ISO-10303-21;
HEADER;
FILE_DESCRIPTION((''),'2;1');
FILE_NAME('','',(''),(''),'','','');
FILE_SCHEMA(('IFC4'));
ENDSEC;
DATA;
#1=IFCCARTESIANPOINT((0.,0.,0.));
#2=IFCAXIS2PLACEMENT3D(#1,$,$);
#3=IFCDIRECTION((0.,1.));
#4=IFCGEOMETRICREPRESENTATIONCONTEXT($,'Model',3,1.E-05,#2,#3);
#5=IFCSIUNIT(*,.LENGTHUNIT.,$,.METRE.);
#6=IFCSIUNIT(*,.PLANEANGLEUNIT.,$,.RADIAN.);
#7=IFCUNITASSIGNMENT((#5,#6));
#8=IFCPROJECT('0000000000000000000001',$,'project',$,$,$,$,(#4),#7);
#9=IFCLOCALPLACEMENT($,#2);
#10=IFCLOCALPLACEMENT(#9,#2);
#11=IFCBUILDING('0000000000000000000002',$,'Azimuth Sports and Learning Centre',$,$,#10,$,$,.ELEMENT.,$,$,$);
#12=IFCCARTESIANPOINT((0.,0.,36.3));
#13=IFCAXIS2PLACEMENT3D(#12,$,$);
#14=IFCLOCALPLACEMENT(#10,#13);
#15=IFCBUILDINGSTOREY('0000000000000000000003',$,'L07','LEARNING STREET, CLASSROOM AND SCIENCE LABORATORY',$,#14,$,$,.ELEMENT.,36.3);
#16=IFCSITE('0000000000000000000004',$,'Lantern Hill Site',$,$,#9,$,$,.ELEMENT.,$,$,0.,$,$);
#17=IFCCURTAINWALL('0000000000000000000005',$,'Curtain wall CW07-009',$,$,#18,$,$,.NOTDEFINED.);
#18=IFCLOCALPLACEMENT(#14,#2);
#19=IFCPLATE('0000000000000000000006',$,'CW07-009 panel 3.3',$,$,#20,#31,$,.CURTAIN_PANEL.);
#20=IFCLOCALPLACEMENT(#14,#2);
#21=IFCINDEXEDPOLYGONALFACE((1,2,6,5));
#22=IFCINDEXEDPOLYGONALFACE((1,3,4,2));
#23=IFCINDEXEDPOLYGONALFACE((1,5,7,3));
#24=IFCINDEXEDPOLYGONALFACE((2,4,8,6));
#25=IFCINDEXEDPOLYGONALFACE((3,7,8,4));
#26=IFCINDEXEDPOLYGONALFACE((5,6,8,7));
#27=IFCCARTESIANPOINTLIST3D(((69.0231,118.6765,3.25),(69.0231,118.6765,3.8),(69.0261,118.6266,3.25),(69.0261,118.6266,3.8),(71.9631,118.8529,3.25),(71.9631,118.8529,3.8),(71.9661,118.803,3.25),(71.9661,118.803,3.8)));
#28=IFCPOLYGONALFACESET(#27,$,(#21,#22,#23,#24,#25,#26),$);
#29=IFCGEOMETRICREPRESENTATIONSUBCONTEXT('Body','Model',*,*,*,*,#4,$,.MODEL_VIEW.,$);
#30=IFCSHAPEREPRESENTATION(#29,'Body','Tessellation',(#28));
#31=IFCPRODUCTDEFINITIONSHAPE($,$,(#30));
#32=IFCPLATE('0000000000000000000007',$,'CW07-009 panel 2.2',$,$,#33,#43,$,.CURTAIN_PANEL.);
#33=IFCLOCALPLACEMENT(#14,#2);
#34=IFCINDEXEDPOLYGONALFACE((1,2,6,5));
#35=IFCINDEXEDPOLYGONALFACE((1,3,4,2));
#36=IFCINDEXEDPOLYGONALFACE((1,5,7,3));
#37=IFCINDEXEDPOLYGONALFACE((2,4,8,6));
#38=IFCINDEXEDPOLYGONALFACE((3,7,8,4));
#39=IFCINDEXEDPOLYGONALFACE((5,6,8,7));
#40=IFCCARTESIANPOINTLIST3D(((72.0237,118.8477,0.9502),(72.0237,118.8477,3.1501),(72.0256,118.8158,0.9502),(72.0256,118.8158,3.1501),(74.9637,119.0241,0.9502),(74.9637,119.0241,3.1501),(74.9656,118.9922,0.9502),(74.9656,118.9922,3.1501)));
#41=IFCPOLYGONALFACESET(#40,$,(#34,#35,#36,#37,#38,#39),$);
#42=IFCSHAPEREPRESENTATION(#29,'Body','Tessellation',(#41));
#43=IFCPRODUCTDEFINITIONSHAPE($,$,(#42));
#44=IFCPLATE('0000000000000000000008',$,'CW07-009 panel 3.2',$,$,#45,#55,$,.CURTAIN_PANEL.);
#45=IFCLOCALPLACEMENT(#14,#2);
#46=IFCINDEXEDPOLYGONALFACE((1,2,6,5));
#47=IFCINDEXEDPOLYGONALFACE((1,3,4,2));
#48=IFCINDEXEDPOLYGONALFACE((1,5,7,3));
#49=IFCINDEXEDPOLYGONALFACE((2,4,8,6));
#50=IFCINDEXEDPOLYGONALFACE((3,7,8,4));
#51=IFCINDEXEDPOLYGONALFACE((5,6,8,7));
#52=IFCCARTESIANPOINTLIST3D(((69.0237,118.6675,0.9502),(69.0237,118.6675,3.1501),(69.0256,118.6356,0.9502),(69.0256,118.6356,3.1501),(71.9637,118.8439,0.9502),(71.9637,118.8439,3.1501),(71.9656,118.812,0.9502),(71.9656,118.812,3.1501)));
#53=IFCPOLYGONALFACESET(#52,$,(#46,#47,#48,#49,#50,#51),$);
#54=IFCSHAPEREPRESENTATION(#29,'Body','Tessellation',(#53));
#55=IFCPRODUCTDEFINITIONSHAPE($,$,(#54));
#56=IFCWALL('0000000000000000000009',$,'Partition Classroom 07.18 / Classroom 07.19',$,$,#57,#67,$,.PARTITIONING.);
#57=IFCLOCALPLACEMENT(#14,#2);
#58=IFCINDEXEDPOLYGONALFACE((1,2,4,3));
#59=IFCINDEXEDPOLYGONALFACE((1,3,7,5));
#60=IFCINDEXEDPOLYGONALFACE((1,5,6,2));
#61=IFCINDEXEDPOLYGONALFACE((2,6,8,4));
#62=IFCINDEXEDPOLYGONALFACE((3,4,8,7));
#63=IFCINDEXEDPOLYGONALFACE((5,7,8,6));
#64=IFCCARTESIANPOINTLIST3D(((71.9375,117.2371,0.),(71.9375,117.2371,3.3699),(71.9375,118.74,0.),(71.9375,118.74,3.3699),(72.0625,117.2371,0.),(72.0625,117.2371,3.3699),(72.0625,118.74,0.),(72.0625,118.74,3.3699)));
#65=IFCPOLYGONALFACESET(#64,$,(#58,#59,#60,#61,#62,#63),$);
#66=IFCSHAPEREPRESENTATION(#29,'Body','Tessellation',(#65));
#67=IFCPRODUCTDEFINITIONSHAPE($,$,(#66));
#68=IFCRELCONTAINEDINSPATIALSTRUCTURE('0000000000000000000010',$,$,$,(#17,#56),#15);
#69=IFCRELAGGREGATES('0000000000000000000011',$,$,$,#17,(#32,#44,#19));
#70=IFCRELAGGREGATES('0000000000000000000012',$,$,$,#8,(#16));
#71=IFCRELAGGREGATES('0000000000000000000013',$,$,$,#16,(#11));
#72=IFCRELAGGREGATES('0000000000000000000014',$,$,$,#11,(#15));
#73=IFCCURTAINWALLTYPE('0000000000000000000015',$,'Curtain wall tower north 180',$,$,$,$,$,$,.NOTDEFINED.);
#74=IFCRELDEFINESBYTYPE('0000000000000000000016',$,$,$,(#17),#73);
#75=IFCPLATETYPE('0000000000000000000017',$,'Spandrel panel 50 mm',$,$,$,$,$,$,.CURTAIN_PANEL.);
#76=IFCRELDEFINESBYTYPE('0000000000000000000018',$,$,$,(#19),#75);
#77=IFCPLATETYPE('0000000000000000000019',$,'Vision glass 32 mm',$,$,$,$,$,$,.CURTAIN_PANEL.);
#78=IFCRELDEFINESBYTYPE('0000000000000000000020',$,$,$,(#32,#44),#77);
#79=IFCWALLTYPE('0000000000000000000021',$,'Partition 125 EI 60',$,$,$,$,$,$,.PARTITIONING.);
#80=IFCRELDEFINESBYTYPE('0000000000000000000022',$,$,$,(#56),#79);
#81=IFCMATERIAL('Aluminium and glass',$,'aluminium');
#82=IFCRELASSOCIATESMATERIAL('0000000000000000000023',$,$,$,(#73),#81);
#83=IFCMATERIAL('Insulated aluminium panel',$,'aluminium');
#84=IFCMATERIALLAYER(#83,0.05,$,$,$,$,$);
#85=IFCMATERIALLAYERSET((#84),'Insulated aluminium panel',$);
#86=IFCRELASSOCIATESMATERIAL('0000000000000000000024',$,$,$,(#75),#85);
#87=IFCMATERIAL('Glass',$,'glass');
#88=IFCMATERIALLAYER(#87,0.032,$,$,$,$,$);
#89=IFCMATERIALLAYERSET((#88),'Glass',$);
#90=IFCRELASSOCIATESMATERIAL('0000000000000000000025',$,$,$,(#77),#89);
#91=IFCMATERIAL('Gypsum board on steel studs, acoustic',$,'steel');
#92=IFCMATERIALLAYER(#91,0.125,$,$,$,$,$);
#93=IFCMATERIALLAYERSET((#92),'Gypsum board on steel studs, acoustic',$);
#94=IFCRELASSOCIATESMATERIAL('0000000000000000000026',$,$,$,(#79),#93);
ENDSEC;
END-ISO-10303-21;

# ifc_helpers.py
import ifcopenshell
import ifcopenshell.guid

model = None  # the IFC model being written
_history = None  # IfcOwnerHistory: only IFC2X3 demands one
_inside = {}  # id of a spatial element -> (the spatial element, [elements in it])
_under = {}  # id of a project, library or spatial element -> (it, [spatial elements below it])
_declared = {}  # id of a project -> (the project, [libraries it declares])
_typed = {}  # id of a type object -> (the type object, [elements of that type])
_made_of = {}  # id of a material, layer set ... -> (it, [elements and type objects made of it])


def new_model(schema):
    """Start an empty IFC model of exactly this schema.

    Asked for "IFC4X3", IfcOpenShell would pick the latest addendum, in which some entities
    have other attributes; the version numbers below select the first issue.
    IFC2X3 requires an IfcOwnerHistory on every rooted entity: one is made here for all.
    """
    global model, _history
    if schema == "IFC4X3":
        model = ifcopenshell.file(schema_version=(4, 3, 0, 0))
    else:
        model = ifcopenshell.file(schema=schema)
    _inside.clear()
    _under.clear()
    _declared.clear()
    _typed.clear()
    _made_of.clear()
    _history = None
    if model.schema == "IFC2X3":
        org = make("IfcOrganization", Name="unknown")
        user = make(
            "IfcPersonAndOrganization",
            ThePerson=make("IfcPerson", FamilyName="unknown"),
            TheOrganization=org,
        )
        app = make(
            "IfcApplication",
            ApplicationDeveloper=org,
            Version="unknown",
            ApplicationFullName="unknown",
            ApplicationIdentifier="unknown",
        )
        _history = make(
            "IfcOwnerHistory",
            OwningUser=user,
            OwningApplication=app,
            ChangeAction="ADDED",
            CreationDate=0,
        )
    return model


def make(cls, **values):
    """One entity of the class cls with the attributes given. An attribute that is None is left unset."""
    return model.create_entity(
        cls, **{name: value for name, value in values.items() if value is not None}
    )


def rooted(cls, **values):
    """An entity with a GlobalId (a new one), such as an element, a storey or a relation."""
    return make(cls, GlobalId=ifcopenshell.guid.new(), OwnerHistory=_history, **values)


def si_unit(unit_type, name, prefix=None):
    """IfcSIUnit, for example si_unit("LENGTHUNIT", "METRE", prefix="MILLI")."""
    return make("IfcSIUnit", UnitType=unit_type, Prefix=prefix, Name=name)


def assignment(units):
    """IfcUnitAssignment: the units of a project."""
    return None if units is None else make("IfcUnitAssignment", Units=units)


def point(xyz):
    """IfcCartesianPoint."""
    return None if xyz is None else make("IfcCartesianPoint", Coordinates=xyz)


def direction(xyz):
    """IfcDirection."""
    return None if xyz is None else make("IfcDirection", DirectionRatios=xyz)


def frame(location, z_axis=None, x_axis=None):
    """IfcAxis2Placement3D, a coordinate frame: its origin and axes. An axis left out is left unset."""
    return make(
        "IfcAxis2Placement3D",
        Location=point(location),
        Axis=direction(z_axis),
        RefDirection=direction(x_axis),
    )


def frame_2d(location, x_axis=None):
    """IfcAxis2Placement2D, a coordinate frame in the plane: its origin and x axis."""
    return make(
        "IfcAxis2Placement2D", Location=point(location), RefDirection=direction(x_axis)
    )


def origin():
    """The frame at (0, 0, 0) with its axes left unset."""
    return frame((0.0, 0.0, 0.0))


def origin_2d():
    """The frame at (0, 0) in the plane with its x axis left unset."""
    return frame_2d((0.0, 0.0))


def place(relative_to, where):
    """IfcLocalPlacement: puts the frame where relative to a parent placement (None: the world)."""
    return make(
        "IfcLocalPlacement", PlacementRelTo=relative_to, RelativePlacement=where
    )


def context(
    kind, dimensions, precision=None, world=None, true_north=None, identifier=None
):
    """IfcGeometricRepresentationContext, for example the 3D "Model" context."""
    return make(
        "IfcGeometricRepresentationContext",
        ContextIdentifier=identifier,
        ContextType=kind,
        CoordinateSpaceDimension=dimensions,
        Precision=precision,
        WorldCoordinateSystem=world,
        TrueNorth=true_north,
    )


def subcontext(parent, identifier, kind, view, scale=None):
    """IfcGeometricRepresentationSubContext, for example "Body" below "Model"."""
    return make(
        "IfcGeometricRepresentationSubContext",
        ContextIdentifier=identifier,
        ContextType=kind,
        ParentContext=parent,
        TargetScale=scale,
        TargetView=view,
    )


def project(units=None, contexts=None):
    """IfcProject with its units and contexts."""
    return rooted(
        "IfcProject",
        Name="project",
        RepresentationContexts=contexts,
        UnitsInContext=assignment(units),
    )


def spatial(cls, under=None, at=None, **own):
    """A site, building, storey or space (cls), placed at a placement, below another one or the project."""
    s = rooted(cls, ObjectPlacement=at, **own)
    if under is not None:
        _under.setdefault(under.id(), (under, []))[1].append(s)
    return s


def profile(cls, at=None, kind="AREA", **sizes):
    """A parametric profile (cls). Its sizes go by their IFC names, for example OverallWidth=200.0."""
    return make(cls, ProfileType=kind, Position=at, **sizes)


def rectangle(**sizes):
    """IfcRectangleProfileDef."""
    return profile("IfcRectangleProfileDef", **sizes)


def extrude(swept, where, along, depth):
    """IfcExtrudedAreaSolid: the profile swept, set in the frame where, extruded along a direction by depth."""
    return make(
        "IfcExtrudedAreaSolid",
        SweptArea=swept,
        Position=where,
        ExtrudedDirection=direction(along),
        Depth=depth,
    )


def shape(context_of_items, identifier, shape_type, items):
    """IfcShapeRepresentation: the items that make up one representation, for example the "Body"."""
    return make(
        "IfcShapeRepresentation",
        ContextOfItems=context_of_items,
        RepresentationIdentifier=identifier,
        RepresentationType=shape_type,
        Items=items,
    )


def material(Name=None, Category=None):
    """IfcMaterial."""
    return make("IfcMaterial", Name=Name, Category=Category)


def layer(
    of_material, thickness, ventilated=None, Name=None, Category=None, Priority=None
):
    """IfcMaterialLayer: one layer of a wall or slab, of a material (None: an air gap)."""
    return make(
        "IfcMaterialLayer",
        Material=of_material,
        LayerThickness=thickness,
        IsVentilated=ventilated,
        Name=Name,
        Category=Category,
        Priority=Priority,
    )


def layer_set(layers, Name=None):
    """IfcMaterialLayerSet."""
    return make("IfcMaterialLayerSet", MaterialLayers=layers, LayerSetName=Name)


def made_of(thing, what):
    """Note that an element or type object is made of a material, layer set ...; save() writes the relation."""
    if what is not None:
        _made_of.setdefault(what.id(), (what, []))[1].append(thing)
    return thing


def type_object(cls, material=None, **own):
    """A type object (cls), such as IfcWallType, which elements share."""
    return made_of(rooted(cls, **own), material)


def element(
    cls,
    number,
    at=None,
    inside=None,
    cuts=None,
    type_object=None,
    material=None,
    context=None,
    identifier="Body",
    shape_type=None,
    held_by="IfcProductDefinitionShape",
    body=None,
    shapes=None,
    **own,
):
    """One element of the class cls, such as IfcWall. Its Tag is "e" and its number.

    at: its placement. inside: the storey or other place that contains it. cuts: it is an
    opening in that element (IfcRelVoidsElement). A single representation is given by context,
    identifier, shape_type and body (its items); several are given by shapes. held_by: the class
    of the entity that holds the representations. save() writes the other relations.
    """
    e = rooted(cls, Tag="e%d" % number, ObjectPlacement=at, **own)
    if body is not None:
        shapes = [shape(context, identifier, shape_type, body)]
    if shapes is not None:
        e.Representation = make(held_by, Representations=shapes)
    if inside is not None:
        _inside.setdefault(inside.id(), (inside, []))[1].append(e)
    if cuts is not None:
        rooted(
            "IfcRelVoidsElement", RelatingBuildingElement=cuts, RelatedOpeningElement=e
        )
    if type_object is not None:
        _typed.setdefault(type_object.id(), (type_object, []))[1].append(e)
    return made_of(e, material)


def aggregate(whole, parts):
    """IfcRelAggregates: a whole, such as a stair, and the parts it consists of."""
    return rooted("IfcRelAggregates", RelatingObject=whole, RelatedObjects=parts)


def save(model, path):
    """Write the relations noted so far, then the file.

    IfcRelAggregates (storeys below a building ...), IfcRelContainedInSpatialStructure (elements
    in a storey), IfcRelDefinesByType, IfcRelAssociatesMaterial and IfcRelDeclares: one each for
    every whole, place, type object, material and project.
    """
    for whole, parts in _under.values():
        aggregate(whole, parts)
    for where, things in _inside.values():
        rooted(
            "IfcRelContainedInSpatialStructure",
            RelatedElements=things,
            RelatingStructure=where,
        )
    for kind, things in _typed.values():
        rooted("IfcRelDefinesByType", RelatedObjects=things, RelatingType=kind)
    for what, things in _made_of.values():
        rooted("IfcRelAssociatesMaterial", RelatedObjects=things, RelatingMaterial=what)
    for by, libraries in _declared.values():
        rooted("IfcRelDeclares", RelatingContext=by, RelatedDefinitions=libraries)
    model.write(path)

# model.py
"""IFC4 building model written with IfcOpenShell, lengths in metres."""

from ifc_helpers import new_model, si_unit, direction, frame, frame_2d, origin, origin_2d, place, context, subcontext, project, spatial, rectangle, extrude, material, layer, layer_set, type_object, element, aggregate, save


model = new_model("IFC4")

# Units and contexts
model_context = context("Model", 3, precision=1e-05, world=origin(), true_north=direction((0.0, 1.0)))
body_context = subcontext(model_context, "Body", "Model", "MODEL_VIEW")
ifc_project = project(units=[si_unit("LENGTHUNIT", "METRE"), si_unit("PLANEANGLEUNIT", "RADIAN")], contexts=[model_context])

# Site, building, storey
site_placement = place(None, origin())
site = spatial("IfcSite", under=ifc_project, at=site_placement, Name="Lantern Hill Site", CompositionType="ELEMENT", RefElevation=0.0)
building_placement = place(site_placement, origin())
building = spatial("IfcBuilding", under=site, at=building_placement, Name="Azimuth Sports and Learning Centre", CompositionType="ELEMENT")
storey_placement = place(building_placement, frame((0.0, 0.0, 36.3)))
storey = spatial("IfcBuildingStorey", under=building, at=storey_placement, Name="L07", Description="LEARNING STREET, CLASSROOM AND SCIENCE LABORATORY", CompositionType="ELEMENT", Elevation=36.3)

# Curtain wall, plates
ifc_material_1 = material(Name="Aluminium and glass", Category="aluminium")
curtain_wall_type = type_object("IfcCurtainWallType", Name="Curtain wall tower north 180", PredefinedType="NOTDEFINED", material=ifc_material_1)
curtain_wall_placement = place(storey_placement, origin())
curtain_wall = element("IfcCurtainWall", 1, at=curtain_wall_placement, inside=storey, type_object=curtain_wall_type, Name="Curtain wall CW07-009", PredefinedType="NOTDEFINED")
ifc_material_2 = material(Name="Insulated aluminium panel", Category="aluminium")
ifc_layer_1 = layer(ifc_material_2, 0.05)
ifc_layer_set_1 = layer_set([ifc_layer_1], Name="Insulated aluminium panel")
plate_type_1 = type_object("IfcPlateType", Name="Spandrel panel 50 mm", PredefinedType="CURTAIN_PANEL", material=ifc_layer_set_1)
plate_1_placement = place(storey_placement, frame((70.4946, 118.7397, 3.25), z_axis=(0.0, 0.0, 1.0), x_axis=(-0.998205, -0.059892, 0.0)))
plate_1 = element("IfcPlate", 2, at=plate_1_placement, type_object=plate_type_1, Name="CW07-009 panel 3.3", PredefinedType="CURTAIN_PANEL", context=body_context, shape_type="SweptSolid", body=[
    extrude(rectangle(XDim=2.9453, YDim=0.05, at=origin_2d()), origin(), (0.0, 0.0, 1.0), 0.55),
])
ifc_material_3 = material(Name="Glass", Category="glass")
ifc_layer_2 = layer(ifc_material_3, 0.032)
ifc_layer_set_2 = layer_set([ifc_layer_2], Name="Glass")
plate_type_2 = type_object("IfcPlateType", Name="Vision glass 32 mm", PredefinedType="CURTAIN_PANEL", material=ifc_layer_set_2)
plate_2_placement = place(storey_placement, frame((73.4946, 118.9199, 0.9502), z_axis=(0.0, 0.0, 1.0), x_axis=(-0.998205, -0.059892, 0.0)))
plate_2 = element("IfcPlate", 3, at=plate_2_placement, type_object=plate_type_2, Name="CW07-009 panel 2.2", PredefinedType="CURTAIN_PANEL", context=body_context, shape_type="SweptSolid", body=[
    extrude(rectangle(XDim=2.9453, YDim=0.032, at=origin_2d()), origin(), (0.0, 0.0, 1.0), 2.2),
])
plate_3_placement = place(storey_placement, frame((70.4946, 118.7397, 0.9502), z_axis=(0.0, 0.0, 1.0), x_axis=(-0.998205, -0.059892, 0.0)))
plate_3 = element("IfcPlate", 4, at=plate_3_placement, type_object=plate_type_2, Name="CW07-009 panel 3.2", PredefinedType="CURTAIN_PANEL", context=body_context, shape_type="SweptSolid", body=[
    extrude(rectangle(XDim=2.9453, YDim=0.032, at=origin_2d()), origin(), (0.0, 0.0, 1.0), 2.2),
])
aggregate(curtain_wall, [plate_2, plate_3, plate_1])

# Wall
ifc_material_4 = material(Name="Gypsum board on steel studs, acoustic", Category="steel")
ifc_layer_3 = layer(ifc_material_4, 0.125)
ifc_layer_set_3 = layer_set([ifc_layer_3], Name="Gypsum board on steel studs, acoustic")
wall_type = type_object("IfcWallType", Name="Partition 125 EI 60", PredefinedType="PARTITIONING", material=ifc_layer_set_3)
wall_placement = place(storey_placement, frame((72.0, 117.2371, 0.0), z_axis=(0.0, 0.0, 1.0), x_axis=(0.0, 1.0, 0.0)))
element("IfcWall", 5, at=wall_placement, inside=storey, type_object=wall_type, Name="Partition Classroom 07.18 / Classroom 07.19", PredefinedType="PARTITIONING", context=body_context, shape_type="SweptSolid", body=[
    extrude(rectangle(XDim=1.5029, YDim=0.125, at=frame_2d((0.7515, 0.0))), origin(), (0.0, 0.0, 1.0), 3.3699),
])

save(model, "model.ifc")
